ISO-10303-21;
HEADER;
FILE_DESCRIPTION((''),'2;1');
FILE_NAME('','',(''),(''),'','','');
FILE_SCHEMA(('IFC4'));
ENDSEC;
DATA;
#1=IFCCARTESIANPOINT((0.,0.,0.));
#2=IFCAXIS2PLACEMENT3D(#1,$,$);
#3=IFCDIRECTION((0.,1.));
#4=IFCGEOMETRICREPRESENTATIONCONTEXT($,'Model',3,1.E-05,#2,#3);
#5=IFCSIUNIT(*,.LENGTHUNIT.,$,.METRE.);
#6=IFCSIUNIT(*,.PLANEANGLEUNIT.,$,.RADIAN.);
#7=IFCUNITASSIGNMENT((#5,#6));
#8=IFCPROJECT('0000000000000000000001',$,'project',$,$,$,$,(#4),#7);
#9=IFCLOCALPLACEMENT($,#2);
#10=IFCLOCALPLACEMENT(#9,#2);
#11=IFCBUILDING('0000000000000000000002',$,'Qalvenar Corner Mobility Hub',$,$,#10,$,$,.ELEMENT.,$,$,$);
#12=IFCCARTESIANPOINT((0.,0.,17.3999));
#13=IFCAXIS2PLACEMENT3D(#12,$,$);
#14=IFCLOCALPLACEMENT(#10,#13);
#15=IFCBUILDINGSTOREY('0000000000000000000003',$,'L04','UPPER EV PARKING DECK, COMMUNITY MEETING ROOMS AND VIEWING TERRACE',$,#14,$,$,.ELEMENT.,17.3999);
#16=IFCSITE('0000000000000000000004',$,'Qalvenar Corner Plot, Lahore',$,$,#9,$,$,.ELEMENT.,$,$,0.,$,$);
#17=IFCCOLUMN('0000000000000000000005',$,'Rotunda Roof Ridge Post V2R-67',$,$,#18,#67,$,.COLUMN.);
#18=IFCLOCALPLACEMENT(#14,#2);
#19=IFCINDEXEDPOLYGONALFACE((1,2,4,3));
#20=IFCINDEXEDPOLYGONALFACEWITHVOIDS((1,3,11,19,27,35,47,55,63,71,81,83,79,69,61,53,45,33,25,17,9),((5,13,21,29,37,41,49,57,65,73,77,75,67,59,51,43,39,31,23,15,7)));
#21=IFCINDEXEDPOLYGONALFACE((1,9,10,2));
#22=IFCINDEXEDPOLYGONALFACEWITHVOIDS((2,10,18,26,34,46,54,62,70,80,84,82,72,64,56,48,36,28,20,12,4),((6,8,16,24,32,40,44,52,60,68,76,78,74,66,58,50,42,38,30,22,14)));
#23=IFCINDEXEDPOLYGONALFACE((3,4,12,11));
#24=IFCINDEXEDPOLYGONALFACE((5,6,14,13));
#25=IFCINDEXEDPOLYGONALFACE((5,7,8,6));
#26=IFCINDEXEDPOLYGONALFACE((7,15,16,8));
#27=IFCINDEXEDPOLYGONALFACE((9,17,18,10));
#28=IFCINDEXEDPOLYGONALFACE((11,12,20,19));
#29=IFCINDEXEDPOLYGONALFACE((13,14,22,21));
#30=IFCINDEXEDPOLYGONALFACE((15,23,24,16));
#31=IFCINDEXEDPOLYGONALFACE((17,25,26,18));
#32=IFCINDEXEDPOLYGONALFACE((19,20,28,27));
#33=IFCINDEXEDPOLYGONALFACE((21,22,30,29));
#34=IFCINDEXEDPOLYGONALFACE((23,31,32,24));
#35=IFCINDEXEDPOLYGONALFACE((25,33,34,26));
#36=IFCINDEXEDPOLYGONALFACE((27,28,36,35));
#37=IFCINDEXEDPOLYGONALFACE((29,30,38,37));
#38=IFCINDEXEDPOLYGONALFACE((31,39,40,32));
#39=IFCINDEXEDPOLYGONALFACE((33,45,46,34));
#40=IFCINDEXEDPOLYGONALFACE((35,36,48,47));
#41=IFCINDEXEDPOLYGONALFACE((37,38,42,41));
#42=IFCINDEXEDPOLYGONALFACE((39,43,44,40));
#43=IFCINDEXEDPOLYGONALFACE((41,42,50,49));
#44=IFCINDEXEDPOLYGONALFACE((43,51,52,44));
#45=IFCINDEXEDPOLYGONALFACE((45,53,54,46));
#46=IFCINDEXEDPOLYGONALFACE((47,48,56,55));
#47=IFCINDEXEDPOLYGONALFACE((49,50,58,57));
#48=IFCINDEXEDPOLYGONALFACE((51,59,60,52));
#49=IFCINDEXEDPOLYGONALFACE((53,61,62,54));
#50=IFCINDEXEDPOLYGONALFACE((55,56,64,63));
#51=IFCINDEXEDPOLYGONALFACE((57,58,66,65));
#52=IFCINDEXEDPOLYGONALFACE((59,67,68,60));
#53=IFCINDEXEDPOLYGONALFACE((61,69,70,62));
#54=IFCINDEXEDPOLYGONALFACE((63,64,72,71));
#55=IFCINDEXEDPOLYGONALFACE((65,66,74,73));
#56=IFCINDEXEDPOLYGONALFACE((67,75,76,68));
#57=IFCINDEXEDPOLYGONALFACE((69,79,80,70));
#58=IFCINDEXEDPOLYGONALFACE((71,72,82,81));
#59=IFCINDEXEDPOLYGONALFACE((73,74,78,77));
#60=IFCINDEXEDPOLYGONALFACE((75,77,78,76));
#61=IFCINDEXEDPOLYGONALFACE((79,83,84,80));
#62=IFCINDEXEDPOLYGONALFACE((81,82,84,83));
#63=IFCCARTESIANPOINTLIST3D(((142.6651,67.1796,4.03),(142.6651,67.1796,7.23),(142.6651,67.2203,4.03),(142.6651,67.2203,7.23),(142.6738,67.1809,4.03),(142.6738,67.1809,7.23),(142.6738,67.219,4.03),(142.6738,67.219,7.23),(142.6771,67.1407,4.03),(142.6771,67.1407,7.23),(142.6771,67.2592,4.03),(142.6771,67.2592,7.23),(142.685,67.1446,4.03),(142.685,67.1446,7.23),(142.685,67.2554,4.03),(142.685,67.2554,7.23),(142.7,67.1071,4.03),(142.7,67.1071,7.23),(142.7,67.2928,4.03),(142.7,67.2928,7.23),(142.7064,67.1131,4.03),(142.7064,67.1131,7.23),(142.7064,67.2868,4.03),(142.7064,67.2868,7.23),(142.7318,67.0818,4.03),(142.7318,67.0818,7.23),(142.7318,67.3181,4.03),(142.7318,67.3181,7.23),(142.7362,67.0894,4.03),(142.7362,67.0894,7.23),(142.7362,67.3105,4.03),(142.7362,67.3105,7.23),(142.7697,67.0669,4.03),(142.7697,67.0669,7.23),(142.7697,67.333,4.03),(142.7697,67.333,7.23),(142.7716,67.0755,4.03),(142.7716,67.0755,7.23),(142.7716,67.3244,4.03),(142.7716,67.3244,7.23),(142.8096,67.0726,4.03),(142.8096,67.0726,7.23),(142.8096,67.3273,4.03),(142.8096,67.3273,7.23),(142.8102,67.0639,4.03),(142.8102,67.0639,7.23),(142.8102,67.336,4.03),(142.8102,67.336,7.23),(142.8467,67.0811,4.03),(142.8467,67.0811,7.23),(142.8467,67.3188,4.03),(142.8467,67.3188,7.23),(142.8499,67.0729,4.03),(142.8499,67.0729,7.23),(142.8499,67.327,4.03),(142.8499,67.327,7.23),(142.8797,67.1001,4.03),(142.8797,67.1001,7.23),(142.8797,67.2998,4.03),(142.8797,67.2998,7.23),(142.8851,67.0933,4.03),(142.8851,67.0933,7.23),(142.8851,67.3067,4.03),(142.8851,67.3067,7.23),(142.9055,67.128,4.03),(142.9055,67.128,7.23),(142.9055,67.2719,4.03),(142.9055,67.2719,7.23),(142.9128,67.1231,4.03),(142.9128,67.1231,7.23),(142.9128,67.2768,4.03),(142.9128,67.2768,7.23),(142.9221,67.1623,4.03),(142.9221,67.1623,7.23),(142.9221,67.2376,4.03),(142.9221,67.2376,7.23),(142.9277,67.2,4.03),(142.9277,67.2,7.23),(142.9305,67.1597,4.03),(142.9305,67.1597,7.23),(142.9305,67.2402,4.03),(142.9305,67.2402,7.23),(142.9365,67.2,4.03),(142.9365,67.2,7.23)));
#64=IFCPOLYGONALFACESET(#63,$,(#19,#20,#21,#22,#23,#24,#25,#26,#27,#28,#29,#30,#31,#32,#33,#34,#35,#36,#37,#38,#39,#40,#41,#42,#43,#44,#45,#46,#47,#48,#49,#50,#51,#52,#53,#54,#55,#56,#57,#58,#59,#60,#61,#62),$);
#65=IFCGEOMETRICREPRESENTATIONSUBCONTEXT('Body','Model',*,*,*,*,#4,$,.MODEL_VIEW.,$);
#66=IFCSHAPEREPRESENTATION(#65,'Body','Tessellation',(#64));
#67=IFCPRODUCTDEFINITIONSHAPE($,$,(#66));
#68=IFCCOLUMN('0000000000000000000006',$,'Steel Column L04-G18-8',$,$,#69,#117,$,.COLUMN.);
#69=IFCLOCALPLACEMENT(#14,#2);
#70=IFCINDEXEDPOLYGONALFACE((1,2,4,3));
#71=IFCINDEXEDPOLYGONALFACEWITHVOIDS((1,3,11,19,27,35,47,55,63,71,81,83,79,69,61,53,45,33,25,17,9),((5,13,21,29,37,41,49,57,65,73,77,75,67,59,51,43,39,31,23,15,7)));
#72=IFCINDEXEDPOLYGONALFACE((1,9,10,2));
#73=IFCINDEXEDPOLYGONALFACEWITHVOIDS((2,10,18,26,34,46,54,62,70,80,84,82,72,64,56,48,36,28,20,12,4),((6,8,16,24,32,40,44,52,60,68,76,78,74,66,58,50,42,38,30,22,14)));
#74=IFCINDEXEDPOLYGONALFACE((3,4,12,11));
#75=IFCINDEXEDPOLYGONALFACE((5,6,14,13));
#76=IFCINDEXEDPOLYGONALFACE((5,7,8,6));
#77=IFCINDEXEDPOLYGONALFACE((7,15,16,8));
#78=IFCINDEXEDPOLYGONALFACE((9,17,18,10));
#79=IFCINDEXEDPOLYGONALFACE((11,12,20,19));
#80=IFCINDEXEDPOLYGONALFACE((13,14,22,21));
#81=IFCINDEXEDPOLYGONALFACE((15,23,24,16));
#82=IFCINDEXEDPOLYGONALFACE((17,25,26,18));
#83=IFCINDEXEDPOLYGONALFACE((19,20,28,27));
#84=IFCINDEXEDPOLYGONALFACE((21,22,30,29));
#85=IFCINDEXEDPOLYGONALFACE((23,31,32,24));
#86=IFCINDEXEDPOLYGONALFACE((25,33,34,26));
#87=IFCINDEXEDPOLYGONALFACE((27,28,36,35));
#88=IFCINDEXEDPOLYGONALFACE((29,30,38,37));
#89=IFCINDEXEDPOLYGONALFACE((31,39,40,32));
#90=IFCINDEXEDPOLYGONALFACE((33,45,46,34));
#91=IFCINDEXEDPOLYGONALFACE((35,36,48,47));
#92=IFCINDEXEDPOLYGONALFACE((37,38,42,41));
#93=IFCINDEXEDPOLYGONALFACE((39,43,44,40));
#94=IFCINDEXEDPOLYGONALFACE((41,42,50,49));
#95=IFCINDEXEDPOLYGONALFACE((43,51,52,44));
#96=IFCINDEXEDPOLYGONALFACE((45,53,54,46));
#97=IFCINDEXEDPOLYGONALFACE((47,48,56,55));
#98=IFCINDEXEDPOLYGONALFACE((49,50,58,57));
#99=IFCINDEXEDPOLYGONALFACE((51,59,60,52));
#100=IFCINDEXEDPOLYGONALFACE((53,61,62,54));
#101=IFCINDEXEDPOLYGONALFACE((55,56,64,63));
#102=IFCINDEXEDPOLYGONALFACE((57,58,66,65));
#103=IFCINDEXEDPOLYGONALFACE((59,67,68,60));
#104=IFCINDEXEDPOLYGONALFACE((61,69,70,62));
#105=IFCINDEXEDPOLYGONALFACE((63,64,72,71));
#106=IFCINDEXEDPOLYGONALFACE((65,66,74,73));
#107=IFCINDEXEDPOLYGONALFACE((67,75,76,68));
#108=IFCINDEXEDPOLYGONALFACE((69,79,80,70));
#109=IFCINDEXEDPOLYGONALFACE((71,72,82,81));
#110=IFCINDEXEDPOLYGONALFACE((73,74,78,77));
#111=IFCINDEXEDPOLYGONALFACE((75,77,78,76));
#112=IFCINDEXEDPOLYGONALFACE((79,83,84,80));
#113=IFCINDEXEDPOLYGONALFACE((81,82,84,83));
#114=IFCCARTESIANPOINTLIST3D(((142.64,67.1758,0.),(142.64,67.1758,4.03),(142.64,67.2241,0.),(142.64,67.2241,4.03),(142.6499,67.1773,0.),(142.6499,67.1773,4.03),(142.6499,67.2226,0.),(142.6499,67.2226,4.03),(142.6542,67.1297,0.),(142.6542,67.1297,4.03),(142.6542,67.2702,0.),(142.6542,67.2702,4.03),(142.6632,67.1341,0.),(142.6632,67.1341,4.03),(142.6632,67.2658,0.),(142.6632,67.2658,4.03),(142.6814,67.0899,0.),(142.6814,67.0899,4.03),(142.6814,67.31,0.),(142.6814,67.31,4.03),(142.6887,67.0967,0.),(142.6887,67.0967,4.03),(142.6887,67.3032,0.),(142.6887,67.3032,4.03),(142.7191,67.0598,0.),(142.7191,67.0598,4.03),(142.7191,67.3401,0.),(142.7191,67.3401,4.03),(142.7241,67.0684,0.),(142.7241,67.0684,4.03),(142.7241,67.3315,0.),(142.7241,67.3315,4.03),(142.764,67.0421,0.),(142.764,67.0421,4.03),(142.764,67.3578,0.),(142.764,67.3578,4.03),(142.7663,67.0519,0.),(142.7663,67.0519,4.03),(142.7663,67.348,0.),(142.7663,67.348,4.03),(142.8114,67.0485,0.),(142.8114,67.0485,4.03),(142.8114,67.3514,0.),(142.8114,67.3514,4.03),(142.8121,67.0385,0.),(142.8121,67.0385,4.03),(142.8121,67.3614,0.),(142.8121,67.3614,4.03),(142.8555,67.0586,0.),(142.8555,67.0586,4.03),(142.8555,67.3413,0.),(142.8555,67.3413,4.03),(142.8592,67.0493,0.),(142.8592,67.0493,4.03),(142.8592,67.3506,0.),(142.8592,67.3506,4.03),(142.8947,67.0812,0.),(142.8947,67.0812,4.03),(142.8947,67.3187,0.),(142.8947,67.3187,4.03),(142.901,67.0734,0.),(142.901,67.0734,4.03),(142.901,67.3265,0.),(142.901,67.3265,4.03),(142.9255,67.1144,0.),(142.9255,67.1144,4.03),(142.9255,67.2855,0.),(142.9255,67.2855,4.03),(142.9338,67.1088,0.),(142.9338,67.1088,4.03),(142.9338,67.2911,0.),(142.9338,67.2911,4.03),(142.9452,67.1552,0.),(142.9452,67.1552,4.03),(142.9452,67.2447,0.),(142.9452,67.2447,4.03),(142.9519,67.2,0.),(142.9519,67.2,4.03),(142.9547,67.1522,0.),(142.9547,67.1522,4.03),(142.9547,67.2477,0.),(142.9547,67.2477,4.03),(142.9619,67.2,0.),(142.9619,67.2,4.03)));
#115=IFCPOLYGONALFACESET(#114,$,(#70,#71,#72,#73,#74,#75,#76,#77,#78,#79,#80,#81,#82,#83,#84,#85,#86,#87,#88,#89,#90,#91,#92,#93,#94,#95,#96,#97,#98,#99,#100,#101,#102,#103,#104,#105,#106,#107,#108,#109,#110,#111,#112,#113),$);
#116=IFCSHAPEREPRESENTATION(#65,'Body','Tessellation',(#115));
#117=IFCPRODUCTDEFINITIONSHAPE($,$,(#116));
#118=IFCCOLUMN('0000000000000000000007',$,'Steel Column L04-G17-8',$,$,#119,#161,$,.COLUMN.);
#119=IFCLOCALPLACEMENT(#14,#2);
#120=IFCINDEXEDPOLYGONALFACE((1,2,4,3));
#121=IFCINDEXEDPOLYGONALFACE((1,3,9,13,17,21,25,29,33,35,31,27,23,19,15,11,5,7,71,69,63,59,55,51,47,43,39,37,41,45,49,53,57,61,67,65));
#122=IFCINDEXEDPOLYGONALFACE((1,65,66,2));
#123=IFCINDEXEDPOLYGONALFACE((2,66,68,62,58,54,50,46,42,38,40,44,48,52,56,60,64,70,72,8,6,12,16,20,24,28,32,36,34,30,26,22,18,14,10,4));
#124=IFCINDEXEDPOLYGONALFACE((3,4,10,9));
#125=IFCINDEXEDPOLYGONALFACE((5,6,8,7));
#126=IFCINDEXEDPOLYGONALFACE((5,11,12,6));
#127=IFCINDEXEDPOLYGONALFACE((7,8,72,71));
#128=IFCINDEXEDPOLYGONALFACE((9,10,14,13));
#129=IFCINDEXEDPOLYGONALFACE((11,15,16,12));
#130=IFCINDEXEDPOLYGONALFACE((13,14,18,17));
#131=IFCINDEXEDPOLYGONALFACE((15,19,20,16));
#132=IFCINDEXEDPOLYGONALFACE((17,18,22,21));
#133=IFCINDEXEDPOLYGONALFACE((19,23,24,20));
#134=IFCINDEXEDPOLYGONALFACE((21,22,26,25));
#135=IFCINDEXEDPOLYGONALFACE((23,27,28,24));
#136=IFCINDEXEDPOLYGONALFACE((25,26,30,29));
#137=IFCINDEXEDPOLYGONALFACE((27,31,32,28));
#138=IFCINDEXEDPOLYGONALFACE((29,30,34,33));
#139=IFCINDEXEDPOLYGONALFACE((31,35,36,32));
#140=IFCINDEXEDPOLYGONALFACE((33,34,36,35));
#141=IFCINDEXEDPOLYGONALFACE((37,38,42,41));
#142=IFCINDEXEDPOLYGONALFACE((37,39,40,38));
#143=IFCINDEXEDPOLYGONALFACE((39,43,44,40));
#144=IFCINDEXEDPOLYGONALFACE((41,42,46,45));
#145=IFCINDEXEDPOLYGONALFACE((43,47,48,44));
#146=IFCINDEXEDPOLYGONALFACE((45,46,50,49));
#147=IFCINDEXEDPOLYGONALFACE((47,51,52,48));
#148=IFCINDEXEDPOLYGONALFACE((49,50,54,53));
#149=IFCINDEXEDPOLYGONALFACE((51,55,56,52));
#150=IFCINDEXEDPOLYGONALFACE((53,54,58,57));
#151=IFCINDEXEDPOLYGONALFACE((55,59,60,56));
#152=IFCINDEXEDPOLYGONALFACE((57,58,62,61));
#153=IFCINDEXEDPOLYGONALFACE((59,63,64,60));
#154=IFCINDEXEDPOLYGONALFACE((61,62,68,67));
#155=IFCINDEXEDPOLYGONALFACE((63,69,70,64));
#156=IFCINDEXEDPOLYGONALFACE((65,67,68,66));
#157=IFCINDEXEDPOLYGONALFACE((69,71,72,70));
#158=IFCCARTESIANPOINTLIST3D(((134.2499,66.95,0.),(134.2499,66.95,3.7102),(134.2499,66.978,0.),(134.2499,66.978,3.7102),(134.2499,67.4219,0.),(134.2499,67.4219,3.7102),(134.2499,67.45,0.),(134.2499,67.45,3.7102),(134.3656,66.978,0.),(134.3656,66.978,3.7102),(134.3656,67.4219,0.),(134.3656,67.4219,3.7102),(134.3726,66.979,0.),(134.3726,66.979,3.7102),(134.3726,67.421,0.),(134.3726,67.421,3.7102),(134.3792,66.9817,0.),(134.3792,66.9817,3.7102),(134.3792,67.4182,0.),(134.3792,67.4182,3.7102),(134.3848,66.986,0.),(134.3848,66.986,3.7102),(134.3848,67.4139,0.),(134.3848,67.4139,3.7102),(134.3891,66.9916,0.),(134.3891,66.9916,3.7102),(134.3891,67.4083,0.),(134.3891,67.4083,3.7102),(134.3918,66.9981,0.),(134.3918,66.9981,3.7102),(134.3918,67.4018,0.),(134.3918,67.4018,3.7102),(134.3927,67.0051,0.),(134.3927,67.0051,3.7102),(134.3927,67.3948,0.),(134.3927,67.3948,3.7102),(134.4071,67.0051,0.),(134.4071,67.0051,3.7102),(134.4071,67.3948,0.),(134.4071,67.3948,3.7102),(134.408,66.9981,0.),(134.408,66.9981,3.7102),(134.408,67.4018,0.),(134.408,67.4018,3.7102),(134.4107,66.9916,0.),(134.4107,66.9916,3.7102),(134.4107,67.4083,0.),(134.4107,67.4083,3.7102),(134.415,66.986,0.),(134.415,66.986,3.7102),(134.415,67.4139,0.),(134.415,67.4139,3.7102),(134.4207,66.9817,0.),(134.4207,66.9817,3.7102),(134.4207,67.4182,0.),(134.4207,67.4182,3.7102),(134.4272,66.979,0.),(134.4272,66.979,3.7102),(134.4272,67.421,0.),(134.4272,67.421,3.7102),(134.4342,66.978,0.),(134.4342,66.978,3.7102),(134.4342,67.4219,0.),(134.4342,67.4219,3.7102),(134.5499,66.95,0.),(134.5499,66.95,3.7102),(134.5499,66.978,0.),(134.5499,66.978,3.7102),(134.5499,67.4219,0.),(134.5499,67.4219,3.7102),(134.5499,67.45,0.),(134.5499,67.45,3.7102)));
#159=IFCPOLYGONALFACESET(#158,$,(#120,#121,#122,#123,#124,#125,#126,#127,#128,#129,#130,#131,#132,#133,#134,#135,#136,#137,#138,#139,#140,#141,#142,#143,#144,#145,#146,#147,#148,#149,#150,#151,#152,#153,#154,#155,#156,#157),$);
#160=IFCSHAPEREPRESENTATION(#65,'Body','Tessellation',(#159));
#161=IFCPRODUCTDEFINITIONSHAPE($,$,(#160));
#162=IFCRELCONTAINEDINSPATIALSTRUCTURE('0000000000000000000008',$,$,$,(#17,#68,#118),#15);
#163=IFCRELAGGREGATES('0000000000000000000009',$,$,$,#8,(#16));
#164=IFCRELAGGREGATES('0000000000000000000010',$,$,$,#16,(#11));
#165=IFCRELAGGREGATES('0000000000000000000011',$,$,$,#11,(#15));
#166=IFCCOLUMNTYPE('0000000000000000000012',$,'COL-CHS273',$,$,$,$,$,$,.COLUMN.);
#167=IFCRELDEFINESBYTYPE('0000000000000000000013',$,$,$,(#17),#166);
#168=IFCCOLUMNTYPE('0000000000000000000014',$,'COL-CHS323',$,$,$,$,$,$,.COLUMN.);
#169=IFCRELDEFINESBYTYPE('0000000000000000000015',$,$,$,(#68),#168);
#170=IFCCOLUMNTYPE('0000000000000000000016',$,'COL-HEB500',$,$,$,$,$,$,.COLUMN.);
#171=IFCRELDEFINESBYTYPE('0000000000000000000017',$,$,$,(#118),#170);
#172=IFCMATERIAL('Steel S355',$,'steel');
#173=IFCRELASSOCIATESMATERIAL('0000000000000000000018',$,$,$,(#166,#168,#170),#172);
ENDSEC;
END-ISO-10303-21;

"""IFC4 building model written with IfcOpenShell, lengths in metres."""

from ifc_helpers import new_model, si_unit, direction, frame, origin, origin_2d, place, context, subcontext, project, spatial, hollow_circle, i_section, extrude, material, material_profile, profile_set, type_object, element, save


model = new_model("IFC4")

# Units and contexts
model_context = context("Model", 3, precision=1e-05, world=origin(), true_north=direction((0.0, 1.0)))
body_context = subcontext(model_context, "Body", "Model", "MODEL_VIEW")
ifc_project = project(units=[si_unit("LENGTHUNIT", "METRE"), si_unit("PLANEANGLEUNIT", "RADIAN")], contexts=[model_context])

# Site, building, storey
site_placement = place(None, origin())
site = spatial("IfcSite", under=ifc_project, at=site_placement, Name="Qalvenar Corner Plot, Lahore", CompositionType="ELEMENT", RefElevation=0.0)
building_placement = place(site_placement, origin())
building = spatial("IfcBuilding", under=site, at=building_placement, Name="Qalvenar Corner Mobility Hub", CompositionType="ELEMENT")
storey_placement = place(building_placement, frame((0.0, 0.0, 17.3999)))
storey = spatial("IfcBuildingStorey", under=building, at=storey_placement, Name="L04", Description="UPPER EV PARKING DECK, COMMUNITY MEETING ROOMS AND VIEWING TERRACE", CompositionType="ELEMENT", Elevation=17.3999)

# Columns
ifc_material_1 = material(Name="Steel S355", Category="steel")
ifc_material_profile_1 = material_profile(ifc_material_1, hollow_circle(Radius=0.1365, WallThickness=0.0088, at=origin_2d()), Name="CHS273x8.8")
ifc_profile_set_1 = profile_set([ifc_material_profile_1], Name="Steel S355")
column_type_1 = type_object("IfcColumnType", Name="COL-CHS273", PredefinedType="COLUMN", material=ifc_profile_set_1)
column_1_placement = place(storey_placement, frame((142.8, 67.2, 4.03), z_axis=(0.0, 0.0, 1.0), x_axis=(1.0, 0.0, 0.0)))
element("IfcColumn", 1, at=column_1_placement, inside=storey, type_object=column_type_1, Name="Rotunda Roof Ridge Post V2R-67", PredefinedType="COLUMN", context=body_context, shape_type="SweptSolid", body=[
    extrude(hollow_circle(Radius=0.1365, WallThickness=0.0088, at=origin_2d()), origin(), (0.0, 0.0, 1.0), 3.2),
])
ifc_material_profile_2 = material_profile(ifc_material_1, hollow_circle(Radius=0.1619, WallThickness=0.01, at=origin_2d()), Name="CHS323.9x10")
ifc_profile_set_2 = profile_set([ifc_material_profile_2], Name="Steel S355")
column_type_2 = type_object("IfcColumnType", Name="COL-CHS323", PredefinedType="COLUMN", material=ifc_profile_set_2)
column_2_placement = place(storey_placement, frame((142.8, 67.2, 0.0), z_axis=(0.0, 0.0, 1.0), x_axis=(1.0, 0.0, 0.0)))
element("IfcColumn", 2, at=column_2_placement, inside=storey, type_object=column_type_2, Name="Steel Column L04-G18-8", PredefinedType="COLUMN", context=body_context, shape_type="SweptSolid", body=[
    extrude(hollow_circle(Radius=0.1619, WallThickness=0.01, at=origin_2d()), origin(), (0.0, 0.0, 1.0), 4.03),
])
ifc_material_profile_3 = material_profile(ifc_material_1, i_section(OverallWidth=0.3, OverallDepth=0.5, WebThickness=0.0144, FlangeThickness=0.0281, FilletRadius=0.0271, at=origin_2d()), Name="HEB500")
ifc_profile_set_3 = profile_set([ifc_material_profile_3], Name="Steel S355")
column_type_3 = type_object("IfcColumnType", Name="COL-HEB500", PredefinedType="COLUMN", material=ifc_profile_set_3)
column_3_placement = place(storey_placement, frame((134.3999, 67.2, 0.0), z_axis=(0.0, 0.0, 1.0), x_axis=(1.0, 0.0, 0.0)))
element("IfcColumn", 3, at=column_3_placement, inside=storey, type_object=column_type_3, Name="Steel Column L04-G17-8", PredefinedType="COLUMN", context=body_context, shape_type="SweptSolid", body=[
    extrude(i_section(OverallWidth=0.3, OverallDepth=0.5, WebThickness=0.0144, FlangeThickness=0.0281, FilletRadius=0.0271, at=origin_2d()), origin(), (0.0, 0.0, 1.0), 3.7102),
])

save(model, "model.ifc")
